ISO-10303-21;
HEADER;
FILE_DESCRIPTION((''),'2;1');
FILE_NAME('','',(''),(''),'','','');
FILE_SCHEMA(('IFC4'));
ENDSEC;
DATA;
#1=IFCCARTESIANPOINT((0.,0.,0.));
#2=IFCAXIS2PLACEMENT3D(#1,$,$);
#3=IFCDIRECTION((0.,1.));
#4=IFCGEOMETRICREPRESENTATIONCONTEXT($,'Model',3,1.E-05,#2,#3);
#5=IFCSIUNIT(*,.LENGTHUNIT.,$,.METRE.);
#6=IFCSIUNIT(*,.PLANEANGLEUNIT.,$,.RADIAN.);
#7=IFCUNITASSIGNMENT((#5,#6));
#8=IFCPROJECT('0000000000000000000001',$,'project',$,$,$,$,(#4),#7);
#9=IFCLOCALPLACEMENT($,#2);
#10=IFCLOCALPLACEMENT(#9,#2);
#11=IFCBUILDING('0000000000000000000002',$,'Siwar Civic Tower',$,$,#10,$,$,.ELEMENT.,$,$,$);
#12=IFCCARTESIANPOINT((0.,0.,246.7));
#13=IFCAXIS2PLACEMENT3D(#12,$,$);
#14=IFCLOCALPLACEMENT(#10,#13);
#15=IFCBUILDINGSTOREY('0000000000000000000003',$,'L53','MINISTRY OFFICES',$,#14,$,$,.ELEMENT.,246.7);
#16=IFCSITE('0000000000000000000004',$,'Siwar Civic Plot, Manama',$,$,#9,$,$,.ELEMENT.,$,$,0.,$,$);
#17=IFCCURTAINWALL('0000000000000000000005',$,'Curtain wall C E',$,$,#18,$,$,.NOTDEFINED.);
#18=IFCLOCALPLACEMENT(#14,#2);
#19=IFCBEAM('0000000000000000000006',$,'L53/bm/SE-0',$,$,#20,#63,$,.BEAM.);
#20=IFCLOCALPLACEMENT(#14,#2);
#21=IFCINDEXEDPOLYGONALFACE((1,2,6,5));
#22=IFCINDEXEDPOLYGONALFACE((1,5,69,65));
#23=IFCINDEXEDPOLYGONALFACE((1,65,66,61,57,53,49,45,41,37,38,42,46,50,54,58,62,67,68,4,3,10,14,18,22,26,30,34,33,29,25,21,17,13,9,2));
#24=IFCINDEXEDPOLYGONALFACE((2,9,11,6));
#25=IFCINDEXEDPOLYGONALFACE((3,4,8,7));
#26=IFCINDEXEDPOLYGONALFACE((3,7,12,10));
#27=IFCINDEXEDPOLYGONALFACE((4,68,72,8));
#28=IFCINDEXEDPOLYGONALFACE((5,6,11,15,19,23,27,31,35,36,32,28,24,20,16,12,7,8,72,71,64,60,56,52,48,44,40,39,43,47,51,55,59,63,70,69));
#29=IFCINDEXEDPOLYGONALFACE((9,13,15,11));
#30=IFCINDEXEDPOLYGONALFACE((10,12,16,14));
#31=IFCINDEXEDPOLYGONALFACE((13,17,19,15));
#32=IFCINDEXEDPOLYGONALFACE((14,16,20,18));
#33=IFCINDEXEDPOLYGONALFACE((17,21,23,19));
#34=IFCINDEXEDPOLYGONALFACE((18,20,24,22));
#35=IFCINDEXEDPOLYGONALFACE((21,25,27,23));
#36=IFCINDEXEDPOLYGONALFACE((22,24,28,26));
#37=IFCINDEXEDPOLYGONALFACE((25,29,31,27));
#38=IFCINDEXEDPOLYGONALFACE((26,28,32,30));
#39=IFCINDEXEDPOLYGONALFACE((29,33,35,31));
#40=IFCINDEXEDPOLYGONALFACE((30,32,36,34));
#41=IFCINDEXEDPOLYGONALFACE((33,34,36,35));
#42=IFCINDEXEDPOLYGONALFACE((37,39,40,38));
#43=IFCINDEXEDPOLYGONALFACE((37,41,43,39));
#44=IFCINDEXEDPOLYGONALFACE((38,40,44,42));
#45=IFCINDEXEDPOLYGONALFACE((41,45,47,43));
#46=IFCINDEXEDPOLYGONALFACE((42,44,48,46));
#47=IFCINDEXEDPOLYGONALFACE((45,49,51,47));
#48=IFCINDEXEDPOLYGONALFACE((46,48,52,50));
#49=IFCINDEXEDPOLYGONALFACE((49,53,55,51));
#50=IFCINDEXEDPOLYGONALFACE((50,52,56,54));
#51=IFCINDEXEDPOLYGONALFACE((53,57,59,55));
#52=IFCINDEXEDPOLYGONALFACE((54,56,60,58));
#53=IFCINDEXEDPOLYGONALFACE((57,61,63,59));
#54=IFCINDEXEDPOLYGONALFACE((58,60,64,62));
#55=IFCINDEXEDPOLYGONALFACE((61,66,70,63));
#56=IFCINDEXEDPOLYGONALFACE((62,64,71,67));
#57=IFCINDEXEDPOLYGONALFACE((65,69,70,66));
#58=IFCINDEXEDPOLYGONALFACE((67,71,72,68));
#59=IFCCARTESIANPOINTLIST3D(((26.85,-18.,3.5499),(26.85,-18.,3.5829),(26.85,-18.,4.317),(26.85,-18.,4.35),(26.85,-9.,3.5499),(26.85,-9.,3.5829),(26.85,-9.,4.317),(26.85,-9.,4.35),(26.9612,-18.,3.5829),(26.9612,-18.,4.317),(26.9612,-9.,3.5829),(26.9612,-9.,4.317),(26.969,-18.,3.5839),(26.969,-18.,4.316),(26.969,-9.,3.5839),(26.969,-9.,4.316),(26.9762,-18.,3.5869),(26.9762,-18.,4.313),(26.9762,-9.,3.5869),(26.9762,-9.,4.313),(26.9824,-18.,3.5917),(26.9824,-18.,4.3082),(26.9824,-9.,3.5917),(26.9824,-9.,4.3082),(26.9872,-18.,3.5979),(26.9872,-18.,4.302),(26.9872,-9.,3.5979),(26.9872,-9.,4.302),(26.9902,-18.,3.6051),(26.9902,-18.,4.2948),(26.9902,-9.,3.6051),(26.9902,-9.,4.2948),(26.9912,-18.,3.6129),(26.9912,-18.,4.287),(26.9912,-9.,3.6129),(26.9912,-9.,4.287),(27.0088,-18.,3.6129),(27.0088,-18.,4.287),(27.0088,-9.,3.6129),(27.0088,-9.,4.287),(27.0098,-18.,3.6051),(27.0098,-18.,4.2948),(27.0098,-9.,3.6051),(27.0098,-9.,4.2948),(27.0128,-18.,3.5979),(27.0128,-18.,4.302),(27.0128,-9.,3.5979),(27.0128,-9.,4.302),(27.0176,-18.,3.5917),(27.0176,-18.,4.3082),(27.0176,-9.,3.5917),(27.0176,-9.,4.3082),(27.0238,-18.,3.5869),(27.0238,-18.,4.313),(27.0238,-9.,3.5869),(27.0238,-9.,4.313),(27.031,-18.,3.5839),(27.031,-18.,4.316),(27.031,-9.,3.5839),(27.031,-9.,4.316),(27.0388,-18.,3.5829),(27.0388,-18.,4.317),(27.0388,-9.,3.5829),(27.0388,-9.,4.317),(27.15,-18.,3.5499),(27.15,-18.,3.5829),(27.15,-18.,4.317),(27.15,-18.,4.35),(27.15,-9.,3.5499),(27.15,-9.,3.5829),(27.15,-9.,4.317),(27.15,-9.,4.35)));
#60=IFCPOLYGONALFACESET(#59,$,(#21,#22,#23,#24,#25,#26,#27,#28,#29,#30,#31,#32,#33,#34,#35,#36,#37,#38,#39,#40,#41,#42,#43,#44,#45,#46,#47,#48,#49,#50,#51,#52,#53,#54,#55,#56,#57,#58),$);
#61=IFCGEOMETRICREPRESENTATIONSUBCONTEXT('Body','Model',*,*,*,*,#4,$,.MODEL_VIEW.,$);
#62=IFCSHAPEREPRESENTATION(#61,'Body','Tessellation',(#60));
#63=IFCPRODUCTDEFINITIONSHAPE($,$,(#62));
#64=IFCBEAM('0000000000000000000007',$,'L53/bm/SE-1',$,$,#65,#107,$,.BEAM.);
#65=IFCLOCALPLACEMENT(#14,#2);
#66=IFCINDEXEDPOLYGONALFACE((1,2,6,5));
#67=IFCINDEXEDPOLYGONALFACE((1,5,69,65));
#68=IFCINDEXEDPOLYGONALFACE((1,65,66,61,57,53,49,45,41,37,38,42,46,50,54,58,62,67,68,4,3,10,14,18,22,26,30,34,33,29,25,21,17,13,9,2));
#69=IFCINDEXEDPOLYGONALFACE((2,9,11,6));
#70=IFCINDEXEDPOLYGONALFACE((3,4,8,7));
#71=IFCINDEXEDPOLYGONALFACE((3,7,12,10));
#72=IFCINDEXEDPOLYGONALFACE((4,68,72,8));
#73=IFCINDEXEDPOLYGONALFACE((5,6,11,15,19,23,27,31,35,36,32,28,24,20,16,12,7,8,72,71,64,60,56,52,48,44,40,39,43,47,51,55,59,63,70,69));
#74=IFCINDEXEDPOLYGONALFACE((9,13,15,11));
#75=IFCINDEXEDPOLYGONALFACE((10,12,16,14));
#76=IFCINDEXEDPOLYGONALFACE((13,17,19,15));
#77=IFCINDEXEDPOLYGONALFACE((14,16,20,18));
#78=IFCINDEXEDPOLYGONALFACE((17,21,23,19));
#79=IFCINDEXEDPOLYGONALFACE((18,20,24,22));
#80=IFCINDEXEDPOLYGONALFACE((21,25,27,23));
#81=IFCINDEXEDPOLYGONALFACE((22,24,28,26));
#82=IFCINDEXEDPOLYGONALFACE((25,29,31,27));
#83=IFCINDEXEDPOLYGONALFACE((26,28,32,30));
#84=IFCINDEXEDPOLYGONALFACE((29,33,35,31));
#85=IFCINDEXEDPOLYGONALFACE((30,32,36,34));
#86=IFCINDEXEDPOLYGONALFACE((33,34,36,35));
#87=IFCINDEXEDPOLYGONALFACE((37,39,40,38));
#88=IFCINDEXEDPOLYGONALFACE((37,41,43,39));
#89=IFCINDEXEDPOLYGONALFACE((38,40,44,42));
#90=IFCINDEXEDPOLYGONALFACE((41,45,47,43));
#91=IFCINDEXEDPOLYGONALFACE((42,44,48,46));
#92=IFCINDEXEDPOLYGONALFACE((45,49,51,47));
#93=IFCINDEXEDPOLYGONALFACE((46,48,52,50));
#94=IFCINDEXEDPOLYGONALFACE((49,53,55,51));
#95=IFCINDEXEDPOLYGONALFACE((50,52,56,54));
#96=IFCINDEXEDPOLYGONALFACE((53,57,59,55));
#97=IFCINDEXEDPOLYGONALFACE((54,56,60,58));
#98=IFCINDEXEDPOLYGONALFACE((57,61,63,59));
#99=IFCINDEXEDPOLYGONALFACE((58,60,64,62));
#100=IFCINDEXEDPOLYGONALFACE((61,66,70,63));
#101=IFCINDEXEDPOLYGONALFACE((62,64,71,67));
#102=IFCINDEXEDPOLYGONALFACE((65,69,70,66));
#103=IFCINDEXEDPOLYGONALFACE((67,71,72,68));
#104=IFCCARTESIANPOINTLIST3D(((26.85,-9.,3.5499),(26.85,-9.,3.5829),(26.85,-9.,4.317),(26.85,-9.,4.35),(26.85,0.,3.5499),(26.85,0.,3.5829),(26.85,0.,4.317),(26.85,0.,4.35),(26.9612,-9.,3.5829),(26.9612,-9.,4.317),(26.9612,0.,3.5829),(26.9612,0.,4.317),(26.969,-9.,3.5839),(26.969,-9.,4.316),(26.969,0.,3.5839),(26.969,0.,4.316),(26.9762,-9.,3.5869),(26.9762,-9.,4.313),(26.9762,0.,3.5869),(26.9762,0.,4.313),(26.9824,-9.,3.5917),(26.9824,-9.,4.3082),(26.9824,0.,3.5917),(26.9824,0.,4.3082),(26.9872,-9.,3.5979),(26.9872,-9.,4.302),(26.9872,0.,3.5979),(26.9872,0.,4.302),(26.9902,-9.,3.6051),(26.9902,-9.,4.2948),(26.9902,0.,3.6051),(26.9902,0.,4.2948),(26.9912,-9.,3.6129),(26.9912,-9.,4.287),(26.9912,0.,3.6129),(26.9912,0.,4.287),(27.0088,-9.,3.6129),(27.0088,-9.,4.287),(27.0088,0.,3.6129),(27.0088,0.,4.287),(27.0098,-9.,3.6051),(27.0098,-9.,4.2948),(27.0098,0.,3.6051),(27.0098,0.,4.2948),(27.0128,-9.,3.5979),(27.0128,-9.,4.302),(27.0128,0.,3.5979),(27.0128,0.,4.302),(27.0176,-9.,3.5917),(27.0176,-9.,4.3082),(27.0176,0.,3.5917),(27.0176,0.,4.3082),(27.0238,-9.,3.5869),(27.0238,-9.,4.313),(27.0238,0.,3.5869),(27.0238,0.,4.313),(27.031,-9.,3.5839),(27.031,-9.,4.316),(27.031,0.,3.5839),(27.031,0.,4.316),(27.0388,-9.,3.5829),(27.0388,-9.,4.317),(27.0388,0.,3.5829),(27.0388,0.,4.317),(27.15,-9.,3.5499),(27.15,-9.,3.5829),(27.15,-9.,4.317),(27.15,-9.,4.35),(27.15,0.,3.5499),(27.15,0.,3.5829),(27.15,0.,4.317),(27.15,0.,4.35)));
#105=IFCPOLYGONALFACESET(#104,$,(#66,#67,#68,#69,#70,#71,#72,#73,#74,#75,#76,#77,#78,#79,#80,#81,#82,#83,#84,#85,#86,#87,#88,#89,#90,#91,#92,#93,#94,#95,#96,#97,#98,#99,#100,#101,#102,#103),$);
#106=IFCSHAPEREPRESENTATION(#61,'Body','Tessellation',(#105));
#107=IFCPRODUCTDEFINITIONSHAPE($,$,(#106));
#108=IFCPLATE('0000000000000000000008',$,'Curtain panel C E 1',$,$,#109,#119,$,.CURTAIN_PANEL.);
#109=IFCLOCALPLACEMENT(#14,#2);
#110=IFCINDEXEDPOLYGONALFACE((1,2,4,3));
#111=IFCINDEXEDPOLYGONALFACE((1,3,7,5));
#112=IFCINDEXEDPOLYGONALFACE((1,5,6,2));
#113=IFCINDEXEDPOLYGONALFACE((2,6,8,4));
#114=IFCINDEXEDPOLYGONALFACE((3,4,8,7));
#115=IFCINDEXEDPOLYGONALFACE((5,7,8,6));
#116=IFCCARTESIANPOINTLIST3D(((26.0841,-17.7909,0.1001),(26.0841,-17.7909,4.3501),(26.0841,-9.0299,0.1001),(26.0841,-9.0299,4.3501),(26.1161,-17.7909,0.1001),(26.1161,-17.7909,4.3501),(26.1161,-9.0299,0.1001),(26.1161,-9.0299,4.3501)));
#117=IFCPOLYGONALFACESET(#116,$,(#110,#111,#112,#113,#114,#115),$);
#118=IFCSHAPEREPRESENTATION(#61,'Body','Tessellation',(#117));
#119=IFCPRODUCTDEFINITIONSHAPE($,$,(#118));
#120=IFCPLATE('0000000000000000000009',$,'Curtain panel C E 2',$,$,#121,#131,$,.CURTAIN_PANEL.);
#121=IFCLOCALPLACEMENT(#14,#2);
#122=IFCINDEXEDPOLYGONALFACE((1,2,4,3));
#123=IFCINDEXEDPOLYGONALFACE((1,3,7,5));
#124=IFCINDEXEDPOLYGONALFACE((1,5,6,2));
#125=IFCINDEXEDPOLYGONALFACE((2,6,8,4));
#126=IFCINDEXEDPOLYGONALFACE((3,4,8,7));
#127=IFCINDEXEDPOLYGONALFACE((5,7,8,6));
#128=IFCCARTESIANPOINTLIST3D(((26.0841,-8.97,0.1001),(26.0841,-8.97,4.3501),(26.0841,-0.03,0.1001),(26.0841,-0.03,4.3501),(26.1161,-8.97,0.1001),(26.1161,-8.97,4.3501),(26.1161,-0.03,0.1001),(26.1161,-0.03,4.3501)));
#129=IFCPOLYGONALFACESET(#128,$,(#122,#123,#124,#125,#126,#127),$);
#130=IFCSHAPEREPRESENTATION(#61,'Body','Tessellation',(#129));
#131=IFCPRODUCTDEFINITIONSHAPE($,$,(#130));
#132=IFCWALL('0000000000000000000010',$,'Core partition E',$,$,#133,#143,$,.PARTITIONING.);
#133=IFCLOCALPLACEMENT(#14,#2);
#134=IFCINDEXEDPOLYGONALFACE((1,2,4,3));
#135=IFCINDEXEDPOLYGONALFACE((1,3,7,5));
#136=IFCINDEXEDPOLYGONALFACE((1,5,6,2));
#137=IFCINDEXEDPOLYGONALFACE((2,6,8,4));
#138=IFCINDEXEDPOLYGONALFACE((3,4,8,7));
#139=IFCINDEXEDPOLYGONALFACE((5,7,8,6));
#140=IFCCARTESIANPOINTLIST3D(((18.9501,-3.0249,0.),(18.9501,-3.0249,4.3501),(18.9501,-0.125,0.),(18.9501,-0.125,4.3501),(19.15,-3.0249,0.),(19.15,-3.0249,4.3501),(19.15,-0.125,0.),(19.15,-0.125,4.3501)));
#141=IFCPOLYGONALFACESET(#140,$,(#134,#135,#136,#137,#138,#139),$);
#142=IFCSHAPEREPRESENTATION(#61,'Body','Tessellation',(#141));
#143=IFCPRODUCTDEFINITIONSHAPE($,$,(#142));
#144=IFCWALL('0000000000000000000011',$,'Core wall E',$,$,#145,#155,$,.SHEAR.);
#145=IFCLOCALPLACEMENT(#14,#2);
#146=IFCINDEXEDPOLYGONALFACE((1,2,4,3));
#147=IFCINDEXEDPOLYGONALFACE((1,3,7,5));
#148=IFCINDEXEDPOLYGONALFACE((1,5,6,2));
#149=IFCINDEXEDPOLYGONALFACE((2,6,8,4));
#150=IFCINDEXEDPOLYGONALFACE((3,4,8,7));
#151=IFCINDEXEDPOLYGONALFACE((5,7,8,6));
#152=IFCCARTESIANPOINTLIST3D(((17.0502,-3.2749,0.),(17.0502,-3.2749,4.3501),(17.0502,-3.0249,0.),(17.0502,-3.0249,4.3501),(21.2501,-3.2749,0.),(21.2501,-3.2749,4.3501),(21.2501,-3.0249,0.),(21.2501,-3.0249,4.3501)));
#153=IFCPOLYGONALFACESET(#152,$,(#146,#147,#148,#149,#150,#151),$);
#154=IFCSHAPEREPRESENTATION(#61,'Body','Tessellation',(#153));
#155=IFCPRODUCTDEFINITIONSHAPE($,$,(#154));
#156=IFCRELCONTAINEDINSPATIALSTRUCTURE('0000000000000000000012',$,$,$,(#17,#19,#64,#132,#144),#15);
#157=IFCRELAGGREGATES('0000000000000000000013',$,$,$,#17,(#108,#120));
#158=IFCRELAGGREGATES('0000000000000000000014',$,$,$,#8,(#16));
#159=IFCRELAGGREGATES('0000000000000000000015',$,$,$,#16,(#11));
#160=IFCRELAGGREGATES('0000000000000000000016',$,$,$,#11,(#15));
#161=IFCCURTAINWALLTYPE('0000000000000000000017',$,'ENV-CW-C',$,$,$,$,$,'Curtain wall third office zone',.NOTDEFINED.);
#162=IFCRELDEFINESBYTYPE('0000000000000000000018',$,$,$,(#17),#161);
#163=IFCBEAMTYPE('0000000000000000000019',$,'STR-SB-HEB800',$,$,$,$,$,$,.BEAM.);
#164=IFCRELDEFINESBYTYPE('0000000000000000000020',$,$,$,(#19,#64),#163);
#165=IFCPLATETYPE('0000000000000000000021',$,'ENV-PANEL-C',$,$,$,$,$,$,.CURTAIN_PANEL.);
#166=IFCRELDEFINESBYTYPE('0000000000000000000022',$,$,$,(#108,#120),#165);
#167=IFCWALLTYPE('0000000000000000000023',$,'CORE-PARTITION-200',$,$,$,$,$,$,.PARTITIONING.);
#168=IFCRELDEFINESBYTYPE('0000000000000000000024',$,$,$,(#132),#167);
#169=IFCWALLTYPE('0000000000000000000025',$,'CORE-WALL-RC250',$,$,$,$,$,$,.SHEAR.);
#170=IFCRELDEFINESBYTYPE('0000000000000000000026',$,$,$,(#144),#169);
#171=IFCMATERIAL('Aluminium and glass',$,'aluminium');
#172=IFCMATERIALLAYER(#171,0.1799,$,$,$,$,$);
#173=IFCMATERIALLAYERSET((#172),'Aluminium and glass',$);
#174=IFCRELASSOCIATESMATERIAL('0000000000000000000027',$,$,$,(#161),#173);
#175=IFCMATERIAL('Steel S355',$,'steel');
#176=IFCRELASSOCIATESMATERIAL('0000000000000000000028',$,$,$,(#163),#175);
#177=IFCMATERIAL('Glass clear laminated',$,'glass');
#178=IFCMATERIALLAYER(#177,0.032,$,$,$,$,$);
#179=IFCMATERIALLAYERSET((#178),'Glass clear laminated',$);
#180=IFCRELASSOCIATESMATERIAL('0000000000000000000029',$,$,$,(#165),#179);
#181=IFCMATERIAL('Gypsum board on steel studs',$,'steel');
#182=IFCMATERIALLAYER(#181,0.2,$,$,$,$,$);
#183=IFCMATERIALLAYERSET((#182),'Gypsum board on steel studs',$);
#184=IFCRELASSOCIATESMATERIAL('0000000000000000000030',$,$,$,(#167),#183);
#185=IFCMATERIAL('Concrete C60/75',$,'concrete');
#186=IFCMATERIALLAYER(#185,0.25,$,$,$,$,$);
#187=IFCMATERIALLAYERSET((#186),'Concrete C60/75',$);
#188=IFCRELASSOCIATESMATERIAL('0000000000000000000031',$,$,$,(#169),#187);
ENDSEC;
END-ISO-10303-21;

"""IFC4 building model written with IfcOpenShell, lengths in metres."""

from ifc_helpers import new_model, si_unit, direction, frame, frame_2d, origin, origin_2d, place, context, subcontext, project, spatial, rectangle, i_section, extrude, material, layer, layer_set, material_profile, profile_set, type_object, element, aggregate, save


model = new_model("IFC4")

# Units and contexts
model_context = context("Model", 3, precision=1e-05, world=origin(), true_north=direction((0.0, 1.0)))
body_context = subcontext(model_context, "Body", "Model", "MODEL_VIEW")
ifc_project = project(units=[si_unit("LENGTHUNIT", "METRE"), si_unit("PLANEANGLEUNIT", "RADIAN")], contexts=[model_context])

# Site, building, storey
site_placement = place(None, origin())
site = spatial("IfcSite", under=ifc_project, at=site_placement, Name="Siwar Civic Plot, Manama", CompositionType="ELEMENT", RefElevation=0.0)
building_placement = place(site_placement, origin())
building = spatial("IfcBuilding", under=site, at=building_placement, Name="Siwar Civic Tower", CompositionType="ELEMENT")
storey_placement = place(building_placement, frame((0.0, 0.0, 246.7)))
storey = spatial("IfcBuildingStorey", under=building, at=storey_placement, Name="L53", Description="MINISTRY OFFICES", CompositionType="ELEMENT", Elevation=246.7)

# Curtain wall
ifc_material_1 = material(Name="Aluminium and glass", Category="aluminium")
ifc_layer_1 = layer(ifc_material_1, 0.1799)
ifc_layer_set_1 = layer_set([ifc_layer_1], Name="Aluminium and glass")
curtain_wall_type = type_object("IfcCurtainWallType", Name="ENV-CW-C", ElementType="Curtain wall third office zone", PredefinedType="NOTDEFINED", material=ifc_layer_set_1)
curtain_wall_placement = place(storey_placement, origin())
curtain_wall = element("IfcCurtainWall", 1, at=curtain_wall_placement, inside=storey, type_object=curtain_wall_type, Name="Curtain wall C E", PredefinedType="NOTDEFINED")

# Beams
ifc_material_2 = material(Name="Steel S355", Category="steel")
ifc_material_profile_1 = material_profile(ifc_material_2, i_section(OverallWidth=0.3, OverallDepth=0.8, WebThickness=0.0176, FlangeThickness=0.033, FilletRadius=0.03, at=origin_2d()), Name="HEB800")
ifc_profile_set_1 = profile_set([ifc_material_profile_1], Name="Steel S355")
beam_type_1 = type_object("IfcBeamType", Name="STR-SB-HEB800", PredefinedType="BEAM", material=ifc_profile_set_1)
for number, where, z_axis, x_axis, name in (
    (2, (27.0, -18.0, 3.95), (0.0, 1.0, 0.0), (-1.0, 0.0, 0.0), "L53/bm/SE-0"),
    (3, (27.0, -9.0, 3.95), (0.0, 1.0, 0.0), (-1.0, 0.0, 0.0), "L53/bm/SE-1"),
):
    element("IfcBeam", number, at=place(storey_placement, frame(where, z_axis=z_axis, x_axis=x_axis)), inside=storey, type_object=beam_type_1, Name=name, PredefinedType="BEAM", context=body_context, shape_type="SweptSolid", body=[
        extrude(i_section(OverallWidth=0.3, OverallDepth=0.8, WebThickness=0.0176, FlangeThickness=0.033, FilletRadius=0.03, at=origin_2d()), origin(), (0.0, 0.0, 1.0), 9.0),
    ])

# Plates
ifc_material_3 = material(Name="Glass clear laminated", Category="glass")
ifc_layer_2 = layer(ifc_material_3, 0.032)
ifc_layer_set_2 = layer_set([ifc_layer_2], Name="Glass clear laminated")
plate_type = type_object("IfcPlateType", Name="ENV-PANEL-C", PredefinedType="CURTAIN_PANEL", material=ifc_layer_set_2)
plate_1_placement = place(storey_placement, frame((26.1001, -13.4104, 0.1001), z_axis=(0.0, 0.0, 1.0), x_axis=(0.0, 1.0, 0.0)))
plate_1 = element("IfcPlate", 4, at=plate_1_placement, type_object=plate_type, Name="Curtain panel C E 1", PredefinedType="CURTAIN_PANEL", context=body_context, shape_type="SweptSolid", body=[
    extrude(rectangle(XDim=8.761, YDim=0.032, at=origin_2d()), origin(), (0.0, 0.0, 1.0), 4.25),
])
plate_2_placement = place(storey_placement, frame((26.1001, -4.5, 0.1001), z_axis=(0.0, 0.0, 1.0), x_axis=(0.0, 1.0, 0.0)))
plate_2 = element("IfcPlate", 5, at=plate_2_placement, type_object=plate_type, Name="Curtain panel C E 2", PredefinedType="CURTAIN_PANEL", context=body_context, shape_type="SweptSolid", body=[
    extrude(rectangle(XDim=8.9399, YDim=0.032, at=origin_2d()), origin(), (0.0, 0.0, 1.0), 4.25),
])
aggregate(curtain_wall, [plate_1, plate_2])

# Walls
ifc_material_4 = material(Name="Gypsum board on steel studs", Category="steel")
ifc_layer_3 = layer(ifc_material_4, 0.2)
ifc_layer_set_3 = layer_set([ifc_layer_3], Name="Gypsum board on steel studs")
wall_type_1 = type_object("IfcWallType", Name="CORE-PARTITION-200", PredefinedType="PARTITIONING", material=ifc_layer_set_3)
wall_1_placement = place(storey_placement, frame((19.05, -3.0249, 0.0), z_axis=(0.0, 0.0, 1.0), x_axis=(0.0, 1.0, 0.0)))
element("IfcWall", 6, at=wall_1_placement, inside=storey, type_object=wall_type_1, Name="Core partition E", PredefinedType="PARTITIONING", context=body_context, shape_type="SweptSolid", body=[
    extrude(rectangle(XDim=2.8999, YDim=0.2, at=frame_2d((1.45, 0.0))), origin(), (0.0, 0.0, 1.0), 4.3501),
])
ifc_material_5 = material(Name="Concrete C60/75", Category="concrete")
ifc_layer_4 = layer(ifc_material_5, 0.25)
ifc_layer_set_4 = layer_set([ifc_layer_4], Name="Concrete C60/75")
wall_type_2 = type_object("IfcWallType", Name="CORE-WALL-RC250", PredefinedType="SHEAR", material=ifc_layer_set_4)
wall_2_placement = place(storey_placement, frame((17.05, -3.1499, 0.0), z_axis=(0.0, 0.0, 1.0), x_axis=(1.0, 0.0, 0.0)))
element("IfcWall", 7, at=wall_2_placement, inside=storey, type_object=wall_type_2, Name="Core wall E", PredefinedType="SHEAR", context=body_context, shape_type="SweptSolid", body=[
    extrude(rectangle(XDim=4.2, YDim=0.25, at=frame_2d((2.1001, 0.0))), origin(), (0.0, 0.0, 1.0), 4.3501),
])

save(model, "model.ifc")
